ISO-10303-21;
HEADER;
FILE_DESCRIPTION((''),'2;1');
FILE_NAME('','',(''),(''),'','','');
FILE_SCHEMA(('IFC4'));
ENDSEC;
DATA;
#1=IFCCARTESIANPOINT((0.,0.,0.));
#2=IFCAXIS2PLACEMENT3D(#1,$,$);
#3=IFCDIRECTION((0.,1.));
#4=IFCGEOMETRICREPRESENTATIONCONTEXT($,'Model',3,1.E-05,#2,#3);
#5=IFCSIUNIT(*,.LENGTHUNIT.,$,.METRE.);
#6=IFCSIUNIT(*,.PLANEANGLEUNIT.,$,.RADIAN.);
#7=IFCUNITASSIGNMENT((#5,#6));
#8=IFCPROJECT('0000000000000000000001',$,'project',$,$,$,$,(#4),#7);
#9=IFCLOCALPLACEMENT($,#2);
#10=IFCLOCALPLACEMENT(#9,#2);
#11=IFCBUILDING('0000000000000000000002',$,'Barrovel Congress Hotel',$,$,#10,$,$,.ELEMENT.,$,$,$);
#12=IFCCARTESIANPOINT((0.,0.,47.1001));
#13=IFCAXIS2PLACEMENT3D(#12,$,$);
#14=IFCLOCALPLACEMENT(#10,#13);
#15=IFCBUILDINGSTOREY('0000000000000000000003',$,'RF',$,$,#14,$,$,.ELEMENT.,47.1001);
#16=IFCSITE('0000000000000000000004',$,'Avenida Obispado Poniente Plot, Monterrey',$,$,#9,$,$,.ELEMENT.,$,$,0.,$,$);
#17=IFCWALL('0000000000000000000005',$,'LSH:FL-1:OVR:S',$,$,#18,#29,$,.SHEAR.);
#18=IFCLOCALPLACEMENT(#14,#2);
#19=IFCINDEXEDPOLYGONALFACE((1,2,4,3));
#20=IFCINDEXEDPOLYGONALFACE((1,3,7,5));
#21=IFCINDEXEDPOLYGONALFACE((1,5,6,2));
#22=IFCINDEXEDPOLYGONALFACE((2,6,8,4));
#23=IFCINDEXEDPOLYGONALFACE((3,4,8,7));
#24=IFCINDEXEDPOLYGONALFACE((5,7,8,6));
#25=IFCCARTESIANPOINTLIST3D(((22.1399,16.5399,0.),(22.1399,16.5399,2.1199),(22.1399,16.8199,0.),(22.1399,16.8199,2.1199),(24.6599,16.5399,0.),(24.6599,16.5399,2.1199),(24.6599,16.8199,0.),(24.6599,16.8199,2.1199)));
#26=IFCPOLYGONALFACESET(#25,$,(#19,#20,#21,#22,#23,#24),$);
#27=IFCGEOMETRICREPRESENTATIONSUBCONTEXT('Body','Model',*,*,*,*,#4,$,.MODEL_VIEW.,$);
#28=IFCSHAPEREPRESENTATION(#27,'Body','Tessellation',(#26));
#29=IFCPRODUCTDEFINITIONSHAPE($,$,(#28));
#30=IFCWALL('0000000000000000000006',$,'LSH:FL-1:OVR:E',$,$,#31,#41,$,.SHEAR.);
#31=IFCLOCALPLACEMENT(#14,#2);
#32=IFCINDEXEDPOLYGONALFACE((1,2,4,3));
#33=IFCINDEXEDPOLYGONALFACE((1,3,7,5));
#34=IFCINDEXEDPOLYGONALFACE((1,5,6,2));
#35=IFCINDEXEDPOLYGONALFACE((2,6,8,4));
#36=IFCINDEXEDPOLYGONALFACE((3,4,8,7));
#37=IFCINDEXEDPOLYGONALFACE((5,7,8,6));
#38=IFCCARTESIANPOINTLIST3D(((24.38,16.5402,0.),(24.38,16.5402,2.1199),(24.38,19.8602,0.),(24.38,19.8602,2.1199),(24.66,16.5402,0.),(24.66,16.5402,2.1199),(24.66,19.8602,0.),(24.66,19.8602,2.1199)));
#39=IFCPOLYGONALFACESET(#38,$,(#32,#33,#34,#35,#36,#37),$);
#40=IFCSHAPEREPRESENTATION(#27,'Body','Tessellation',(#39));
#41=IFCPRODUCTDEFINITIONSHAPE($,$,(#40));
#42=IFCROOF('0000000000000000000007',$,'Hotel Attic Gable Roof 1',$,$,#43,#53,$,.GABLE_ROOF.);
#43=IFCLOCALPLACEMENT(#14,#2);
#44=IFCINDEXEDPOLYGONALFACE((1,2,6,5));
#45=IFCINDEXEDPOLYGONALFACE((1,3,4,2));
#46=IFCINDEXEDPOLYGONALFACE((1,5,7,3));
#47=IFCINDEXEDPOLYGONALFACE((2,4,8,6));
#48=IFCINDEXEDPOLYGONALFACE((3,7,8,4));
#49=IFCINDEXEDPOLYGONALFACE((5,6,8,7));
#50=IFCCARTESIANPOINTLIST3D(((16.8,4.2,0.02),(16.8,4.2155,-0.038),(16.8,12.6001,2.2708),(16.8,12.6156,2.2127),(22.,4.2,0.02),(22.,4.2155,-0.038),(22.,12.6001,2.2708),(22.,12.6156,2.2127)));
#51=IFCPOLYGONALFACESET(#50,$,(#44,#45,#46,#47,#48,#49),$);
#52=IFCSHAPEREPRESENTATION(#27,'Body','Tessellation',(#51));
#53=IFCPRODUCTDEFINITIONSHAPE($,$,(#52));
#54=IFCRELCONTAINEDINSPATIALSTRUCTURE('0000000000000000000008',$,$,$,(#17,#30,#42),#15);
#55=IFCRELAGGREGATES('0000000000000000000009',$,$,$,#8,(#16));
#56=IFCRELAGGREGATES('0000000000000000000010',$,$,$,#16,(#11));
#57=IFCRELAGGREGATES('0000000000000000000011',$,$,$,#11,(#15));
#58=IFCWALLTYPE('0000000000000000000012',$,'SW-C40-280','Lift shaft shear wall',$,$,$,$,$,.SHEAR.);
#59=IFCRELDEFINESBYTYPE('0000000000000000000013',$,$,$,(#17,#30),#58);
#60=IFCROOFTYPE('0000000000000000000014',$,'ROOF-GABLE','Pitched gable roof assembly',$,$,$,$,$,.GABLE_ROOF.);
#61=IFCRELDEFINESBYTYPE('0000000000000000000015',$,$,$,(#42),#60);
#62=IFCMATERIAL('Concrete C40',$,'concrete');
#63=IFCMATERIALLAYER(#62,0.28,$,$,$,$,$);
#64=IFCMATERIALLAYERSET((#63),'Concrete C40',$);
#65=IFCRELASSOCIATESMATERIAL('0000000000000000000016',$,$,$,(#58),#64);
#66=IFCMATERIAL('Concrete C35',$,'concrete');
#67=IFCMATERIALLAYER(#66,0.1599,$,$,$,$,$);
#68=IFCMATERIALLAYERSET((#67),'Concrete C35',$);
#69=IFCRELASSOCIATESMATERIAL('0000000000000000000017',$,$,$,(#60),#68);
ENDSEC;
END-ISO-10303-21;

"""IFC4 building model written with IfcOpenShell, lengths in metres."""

from ifc_helpers import new_model, si_unit, direction, frame, frame_2d, origin, place, context, subcontext, project, spatial, polyline, rectangle, outline, extrude, material, layer, layer_set, type_object, element, save


model = new_model("IFC4")

# Units and contexts
model_context = context("Model", 3, precision=1e-05, world=origin(), true_north=direction((0.0, 1.0)))
body_context = subcontext(model_context, "Body", "Model", "MODEL_VIEW")
ifc_project = project(units=[si_unit("LENGTHUNIT", "METRE"), si_unit("PLANEANGLEUNIT", "RADIAN")], contexts=[model_context])

# Site, building, storey
site_placement = place(None, origin())
site = spatial("IfcSite", under=ifc_project, at=site_placement, Name="Avenida Obispado Poniente Plot, Monterrey", CompositionType="ELEMENT", RefElevation=0.0)
building_placement = place(site_placement, origin())
building = spatial("IfcBuilding", under=site, at=building_placement, Name="Barrovel Congress Hotel", CompositionType="ELEMENT")
storey_placement = place(building_placement, frame((0.0, 0.0, 47.1001)))
storey = spatial("IfcBuildingStorey", under=building, at=storey_placement, Name="RF", CompositionType="ELEMENT", Elevation=47.1001)

# Shared definitions
ifc_material_1 = material(Name="Concrete C40", Category="concrete")

# Shared definitions
ifc_material_2 = material(Name="Concrete C35", Category="concrete")

# Walls
ifc_layer_1 = layer(ifc_material_1, 0.28)
ifc_layer_set_1 = layer_set([ifc_layer_1], Name="Concrete C40")
wall_type = type_object("IfcWallType", Name="SW-C40-280", Description="Lift shaft shear wall", PredefinedType="SHEAR", material=ifc_layer_set_1)
wall_1_placement = place(storey_placement, frame((22.1399, 16.6799, 0.0), z_axis=(0.0, 0.0, 1.0), x_axis=(1.0, 0.0, 0.0)))
element("IfcWall", 1, at=wall_1_placement, inside=storey, type_object=wall_type, Name="LSH:FL-1:OVR:S", PredefinedType="SHEAR", context=body_context, shape_type="SweptSolid", body=[
    extrude(rectangle(XDim=2.52, YDim=0.28, at=frame_2d((1.26, 0.0))), origin(), (0.0, 0.0, 1.0), 2.1199),
])
wall_2_placement = place(storey_placement, frame((24.52, 16.54, 0.0), z_axis=(0.0, 0.0, 1.0), x_axis=(0.0, 1.0, 0.0)))
element("IfcWall", 2, at=wall_2_placement, inside=storey, type_object=wall_type, Name="LSH:FL-1:OVR:E", PredefinedType="SHEAR", context=body_context, shape_type="SweptSolid", body=[
    extrude(rectangle(XDim=3.3201, YDim=0.28, at=frame_2d((1.6602, 0.0))), origin(), (0.0, 0.0, 1.0), 2.1199),
])

# Roof
ifc_layer_2 = layer(ifc_material_2, 0.1599)
ifc_layer_set_2 = layer_set([ifc_layer_2], Name="Concrete C35")
roof_type = type_object("IfcRoofType", Name="ROOF-GABLE", Description="Pitched gable roof assembly", PredefinedType="GABLE_ROOF", material=ifc_layer_set_2)
roof_placement = place(storey_placement, frame((16.8, 4.2, 0.02), z_axis=(0.0, -0.25881, 0.965928), x_axis=(1.0, 0.0, 0.0)))
element("IfcRoof", 3, at=roof_placement, inside=storey, type_object=roof_type, Name="Hotel Attic Gable Roof 1", PredefinedType="GABLE_ROOF", context=body_context, shape_type="SweptSolid", body=[
    extrude(outline(polyline([(0.0, 0.0), (5.2, 0.0), (5.2, 8.6965), (0.0, 8.6965), (0.0, 0.0)])), origin(), (0.0, 0.0, -1.0), 0.0601),
])

save(model, "model.ifc")
